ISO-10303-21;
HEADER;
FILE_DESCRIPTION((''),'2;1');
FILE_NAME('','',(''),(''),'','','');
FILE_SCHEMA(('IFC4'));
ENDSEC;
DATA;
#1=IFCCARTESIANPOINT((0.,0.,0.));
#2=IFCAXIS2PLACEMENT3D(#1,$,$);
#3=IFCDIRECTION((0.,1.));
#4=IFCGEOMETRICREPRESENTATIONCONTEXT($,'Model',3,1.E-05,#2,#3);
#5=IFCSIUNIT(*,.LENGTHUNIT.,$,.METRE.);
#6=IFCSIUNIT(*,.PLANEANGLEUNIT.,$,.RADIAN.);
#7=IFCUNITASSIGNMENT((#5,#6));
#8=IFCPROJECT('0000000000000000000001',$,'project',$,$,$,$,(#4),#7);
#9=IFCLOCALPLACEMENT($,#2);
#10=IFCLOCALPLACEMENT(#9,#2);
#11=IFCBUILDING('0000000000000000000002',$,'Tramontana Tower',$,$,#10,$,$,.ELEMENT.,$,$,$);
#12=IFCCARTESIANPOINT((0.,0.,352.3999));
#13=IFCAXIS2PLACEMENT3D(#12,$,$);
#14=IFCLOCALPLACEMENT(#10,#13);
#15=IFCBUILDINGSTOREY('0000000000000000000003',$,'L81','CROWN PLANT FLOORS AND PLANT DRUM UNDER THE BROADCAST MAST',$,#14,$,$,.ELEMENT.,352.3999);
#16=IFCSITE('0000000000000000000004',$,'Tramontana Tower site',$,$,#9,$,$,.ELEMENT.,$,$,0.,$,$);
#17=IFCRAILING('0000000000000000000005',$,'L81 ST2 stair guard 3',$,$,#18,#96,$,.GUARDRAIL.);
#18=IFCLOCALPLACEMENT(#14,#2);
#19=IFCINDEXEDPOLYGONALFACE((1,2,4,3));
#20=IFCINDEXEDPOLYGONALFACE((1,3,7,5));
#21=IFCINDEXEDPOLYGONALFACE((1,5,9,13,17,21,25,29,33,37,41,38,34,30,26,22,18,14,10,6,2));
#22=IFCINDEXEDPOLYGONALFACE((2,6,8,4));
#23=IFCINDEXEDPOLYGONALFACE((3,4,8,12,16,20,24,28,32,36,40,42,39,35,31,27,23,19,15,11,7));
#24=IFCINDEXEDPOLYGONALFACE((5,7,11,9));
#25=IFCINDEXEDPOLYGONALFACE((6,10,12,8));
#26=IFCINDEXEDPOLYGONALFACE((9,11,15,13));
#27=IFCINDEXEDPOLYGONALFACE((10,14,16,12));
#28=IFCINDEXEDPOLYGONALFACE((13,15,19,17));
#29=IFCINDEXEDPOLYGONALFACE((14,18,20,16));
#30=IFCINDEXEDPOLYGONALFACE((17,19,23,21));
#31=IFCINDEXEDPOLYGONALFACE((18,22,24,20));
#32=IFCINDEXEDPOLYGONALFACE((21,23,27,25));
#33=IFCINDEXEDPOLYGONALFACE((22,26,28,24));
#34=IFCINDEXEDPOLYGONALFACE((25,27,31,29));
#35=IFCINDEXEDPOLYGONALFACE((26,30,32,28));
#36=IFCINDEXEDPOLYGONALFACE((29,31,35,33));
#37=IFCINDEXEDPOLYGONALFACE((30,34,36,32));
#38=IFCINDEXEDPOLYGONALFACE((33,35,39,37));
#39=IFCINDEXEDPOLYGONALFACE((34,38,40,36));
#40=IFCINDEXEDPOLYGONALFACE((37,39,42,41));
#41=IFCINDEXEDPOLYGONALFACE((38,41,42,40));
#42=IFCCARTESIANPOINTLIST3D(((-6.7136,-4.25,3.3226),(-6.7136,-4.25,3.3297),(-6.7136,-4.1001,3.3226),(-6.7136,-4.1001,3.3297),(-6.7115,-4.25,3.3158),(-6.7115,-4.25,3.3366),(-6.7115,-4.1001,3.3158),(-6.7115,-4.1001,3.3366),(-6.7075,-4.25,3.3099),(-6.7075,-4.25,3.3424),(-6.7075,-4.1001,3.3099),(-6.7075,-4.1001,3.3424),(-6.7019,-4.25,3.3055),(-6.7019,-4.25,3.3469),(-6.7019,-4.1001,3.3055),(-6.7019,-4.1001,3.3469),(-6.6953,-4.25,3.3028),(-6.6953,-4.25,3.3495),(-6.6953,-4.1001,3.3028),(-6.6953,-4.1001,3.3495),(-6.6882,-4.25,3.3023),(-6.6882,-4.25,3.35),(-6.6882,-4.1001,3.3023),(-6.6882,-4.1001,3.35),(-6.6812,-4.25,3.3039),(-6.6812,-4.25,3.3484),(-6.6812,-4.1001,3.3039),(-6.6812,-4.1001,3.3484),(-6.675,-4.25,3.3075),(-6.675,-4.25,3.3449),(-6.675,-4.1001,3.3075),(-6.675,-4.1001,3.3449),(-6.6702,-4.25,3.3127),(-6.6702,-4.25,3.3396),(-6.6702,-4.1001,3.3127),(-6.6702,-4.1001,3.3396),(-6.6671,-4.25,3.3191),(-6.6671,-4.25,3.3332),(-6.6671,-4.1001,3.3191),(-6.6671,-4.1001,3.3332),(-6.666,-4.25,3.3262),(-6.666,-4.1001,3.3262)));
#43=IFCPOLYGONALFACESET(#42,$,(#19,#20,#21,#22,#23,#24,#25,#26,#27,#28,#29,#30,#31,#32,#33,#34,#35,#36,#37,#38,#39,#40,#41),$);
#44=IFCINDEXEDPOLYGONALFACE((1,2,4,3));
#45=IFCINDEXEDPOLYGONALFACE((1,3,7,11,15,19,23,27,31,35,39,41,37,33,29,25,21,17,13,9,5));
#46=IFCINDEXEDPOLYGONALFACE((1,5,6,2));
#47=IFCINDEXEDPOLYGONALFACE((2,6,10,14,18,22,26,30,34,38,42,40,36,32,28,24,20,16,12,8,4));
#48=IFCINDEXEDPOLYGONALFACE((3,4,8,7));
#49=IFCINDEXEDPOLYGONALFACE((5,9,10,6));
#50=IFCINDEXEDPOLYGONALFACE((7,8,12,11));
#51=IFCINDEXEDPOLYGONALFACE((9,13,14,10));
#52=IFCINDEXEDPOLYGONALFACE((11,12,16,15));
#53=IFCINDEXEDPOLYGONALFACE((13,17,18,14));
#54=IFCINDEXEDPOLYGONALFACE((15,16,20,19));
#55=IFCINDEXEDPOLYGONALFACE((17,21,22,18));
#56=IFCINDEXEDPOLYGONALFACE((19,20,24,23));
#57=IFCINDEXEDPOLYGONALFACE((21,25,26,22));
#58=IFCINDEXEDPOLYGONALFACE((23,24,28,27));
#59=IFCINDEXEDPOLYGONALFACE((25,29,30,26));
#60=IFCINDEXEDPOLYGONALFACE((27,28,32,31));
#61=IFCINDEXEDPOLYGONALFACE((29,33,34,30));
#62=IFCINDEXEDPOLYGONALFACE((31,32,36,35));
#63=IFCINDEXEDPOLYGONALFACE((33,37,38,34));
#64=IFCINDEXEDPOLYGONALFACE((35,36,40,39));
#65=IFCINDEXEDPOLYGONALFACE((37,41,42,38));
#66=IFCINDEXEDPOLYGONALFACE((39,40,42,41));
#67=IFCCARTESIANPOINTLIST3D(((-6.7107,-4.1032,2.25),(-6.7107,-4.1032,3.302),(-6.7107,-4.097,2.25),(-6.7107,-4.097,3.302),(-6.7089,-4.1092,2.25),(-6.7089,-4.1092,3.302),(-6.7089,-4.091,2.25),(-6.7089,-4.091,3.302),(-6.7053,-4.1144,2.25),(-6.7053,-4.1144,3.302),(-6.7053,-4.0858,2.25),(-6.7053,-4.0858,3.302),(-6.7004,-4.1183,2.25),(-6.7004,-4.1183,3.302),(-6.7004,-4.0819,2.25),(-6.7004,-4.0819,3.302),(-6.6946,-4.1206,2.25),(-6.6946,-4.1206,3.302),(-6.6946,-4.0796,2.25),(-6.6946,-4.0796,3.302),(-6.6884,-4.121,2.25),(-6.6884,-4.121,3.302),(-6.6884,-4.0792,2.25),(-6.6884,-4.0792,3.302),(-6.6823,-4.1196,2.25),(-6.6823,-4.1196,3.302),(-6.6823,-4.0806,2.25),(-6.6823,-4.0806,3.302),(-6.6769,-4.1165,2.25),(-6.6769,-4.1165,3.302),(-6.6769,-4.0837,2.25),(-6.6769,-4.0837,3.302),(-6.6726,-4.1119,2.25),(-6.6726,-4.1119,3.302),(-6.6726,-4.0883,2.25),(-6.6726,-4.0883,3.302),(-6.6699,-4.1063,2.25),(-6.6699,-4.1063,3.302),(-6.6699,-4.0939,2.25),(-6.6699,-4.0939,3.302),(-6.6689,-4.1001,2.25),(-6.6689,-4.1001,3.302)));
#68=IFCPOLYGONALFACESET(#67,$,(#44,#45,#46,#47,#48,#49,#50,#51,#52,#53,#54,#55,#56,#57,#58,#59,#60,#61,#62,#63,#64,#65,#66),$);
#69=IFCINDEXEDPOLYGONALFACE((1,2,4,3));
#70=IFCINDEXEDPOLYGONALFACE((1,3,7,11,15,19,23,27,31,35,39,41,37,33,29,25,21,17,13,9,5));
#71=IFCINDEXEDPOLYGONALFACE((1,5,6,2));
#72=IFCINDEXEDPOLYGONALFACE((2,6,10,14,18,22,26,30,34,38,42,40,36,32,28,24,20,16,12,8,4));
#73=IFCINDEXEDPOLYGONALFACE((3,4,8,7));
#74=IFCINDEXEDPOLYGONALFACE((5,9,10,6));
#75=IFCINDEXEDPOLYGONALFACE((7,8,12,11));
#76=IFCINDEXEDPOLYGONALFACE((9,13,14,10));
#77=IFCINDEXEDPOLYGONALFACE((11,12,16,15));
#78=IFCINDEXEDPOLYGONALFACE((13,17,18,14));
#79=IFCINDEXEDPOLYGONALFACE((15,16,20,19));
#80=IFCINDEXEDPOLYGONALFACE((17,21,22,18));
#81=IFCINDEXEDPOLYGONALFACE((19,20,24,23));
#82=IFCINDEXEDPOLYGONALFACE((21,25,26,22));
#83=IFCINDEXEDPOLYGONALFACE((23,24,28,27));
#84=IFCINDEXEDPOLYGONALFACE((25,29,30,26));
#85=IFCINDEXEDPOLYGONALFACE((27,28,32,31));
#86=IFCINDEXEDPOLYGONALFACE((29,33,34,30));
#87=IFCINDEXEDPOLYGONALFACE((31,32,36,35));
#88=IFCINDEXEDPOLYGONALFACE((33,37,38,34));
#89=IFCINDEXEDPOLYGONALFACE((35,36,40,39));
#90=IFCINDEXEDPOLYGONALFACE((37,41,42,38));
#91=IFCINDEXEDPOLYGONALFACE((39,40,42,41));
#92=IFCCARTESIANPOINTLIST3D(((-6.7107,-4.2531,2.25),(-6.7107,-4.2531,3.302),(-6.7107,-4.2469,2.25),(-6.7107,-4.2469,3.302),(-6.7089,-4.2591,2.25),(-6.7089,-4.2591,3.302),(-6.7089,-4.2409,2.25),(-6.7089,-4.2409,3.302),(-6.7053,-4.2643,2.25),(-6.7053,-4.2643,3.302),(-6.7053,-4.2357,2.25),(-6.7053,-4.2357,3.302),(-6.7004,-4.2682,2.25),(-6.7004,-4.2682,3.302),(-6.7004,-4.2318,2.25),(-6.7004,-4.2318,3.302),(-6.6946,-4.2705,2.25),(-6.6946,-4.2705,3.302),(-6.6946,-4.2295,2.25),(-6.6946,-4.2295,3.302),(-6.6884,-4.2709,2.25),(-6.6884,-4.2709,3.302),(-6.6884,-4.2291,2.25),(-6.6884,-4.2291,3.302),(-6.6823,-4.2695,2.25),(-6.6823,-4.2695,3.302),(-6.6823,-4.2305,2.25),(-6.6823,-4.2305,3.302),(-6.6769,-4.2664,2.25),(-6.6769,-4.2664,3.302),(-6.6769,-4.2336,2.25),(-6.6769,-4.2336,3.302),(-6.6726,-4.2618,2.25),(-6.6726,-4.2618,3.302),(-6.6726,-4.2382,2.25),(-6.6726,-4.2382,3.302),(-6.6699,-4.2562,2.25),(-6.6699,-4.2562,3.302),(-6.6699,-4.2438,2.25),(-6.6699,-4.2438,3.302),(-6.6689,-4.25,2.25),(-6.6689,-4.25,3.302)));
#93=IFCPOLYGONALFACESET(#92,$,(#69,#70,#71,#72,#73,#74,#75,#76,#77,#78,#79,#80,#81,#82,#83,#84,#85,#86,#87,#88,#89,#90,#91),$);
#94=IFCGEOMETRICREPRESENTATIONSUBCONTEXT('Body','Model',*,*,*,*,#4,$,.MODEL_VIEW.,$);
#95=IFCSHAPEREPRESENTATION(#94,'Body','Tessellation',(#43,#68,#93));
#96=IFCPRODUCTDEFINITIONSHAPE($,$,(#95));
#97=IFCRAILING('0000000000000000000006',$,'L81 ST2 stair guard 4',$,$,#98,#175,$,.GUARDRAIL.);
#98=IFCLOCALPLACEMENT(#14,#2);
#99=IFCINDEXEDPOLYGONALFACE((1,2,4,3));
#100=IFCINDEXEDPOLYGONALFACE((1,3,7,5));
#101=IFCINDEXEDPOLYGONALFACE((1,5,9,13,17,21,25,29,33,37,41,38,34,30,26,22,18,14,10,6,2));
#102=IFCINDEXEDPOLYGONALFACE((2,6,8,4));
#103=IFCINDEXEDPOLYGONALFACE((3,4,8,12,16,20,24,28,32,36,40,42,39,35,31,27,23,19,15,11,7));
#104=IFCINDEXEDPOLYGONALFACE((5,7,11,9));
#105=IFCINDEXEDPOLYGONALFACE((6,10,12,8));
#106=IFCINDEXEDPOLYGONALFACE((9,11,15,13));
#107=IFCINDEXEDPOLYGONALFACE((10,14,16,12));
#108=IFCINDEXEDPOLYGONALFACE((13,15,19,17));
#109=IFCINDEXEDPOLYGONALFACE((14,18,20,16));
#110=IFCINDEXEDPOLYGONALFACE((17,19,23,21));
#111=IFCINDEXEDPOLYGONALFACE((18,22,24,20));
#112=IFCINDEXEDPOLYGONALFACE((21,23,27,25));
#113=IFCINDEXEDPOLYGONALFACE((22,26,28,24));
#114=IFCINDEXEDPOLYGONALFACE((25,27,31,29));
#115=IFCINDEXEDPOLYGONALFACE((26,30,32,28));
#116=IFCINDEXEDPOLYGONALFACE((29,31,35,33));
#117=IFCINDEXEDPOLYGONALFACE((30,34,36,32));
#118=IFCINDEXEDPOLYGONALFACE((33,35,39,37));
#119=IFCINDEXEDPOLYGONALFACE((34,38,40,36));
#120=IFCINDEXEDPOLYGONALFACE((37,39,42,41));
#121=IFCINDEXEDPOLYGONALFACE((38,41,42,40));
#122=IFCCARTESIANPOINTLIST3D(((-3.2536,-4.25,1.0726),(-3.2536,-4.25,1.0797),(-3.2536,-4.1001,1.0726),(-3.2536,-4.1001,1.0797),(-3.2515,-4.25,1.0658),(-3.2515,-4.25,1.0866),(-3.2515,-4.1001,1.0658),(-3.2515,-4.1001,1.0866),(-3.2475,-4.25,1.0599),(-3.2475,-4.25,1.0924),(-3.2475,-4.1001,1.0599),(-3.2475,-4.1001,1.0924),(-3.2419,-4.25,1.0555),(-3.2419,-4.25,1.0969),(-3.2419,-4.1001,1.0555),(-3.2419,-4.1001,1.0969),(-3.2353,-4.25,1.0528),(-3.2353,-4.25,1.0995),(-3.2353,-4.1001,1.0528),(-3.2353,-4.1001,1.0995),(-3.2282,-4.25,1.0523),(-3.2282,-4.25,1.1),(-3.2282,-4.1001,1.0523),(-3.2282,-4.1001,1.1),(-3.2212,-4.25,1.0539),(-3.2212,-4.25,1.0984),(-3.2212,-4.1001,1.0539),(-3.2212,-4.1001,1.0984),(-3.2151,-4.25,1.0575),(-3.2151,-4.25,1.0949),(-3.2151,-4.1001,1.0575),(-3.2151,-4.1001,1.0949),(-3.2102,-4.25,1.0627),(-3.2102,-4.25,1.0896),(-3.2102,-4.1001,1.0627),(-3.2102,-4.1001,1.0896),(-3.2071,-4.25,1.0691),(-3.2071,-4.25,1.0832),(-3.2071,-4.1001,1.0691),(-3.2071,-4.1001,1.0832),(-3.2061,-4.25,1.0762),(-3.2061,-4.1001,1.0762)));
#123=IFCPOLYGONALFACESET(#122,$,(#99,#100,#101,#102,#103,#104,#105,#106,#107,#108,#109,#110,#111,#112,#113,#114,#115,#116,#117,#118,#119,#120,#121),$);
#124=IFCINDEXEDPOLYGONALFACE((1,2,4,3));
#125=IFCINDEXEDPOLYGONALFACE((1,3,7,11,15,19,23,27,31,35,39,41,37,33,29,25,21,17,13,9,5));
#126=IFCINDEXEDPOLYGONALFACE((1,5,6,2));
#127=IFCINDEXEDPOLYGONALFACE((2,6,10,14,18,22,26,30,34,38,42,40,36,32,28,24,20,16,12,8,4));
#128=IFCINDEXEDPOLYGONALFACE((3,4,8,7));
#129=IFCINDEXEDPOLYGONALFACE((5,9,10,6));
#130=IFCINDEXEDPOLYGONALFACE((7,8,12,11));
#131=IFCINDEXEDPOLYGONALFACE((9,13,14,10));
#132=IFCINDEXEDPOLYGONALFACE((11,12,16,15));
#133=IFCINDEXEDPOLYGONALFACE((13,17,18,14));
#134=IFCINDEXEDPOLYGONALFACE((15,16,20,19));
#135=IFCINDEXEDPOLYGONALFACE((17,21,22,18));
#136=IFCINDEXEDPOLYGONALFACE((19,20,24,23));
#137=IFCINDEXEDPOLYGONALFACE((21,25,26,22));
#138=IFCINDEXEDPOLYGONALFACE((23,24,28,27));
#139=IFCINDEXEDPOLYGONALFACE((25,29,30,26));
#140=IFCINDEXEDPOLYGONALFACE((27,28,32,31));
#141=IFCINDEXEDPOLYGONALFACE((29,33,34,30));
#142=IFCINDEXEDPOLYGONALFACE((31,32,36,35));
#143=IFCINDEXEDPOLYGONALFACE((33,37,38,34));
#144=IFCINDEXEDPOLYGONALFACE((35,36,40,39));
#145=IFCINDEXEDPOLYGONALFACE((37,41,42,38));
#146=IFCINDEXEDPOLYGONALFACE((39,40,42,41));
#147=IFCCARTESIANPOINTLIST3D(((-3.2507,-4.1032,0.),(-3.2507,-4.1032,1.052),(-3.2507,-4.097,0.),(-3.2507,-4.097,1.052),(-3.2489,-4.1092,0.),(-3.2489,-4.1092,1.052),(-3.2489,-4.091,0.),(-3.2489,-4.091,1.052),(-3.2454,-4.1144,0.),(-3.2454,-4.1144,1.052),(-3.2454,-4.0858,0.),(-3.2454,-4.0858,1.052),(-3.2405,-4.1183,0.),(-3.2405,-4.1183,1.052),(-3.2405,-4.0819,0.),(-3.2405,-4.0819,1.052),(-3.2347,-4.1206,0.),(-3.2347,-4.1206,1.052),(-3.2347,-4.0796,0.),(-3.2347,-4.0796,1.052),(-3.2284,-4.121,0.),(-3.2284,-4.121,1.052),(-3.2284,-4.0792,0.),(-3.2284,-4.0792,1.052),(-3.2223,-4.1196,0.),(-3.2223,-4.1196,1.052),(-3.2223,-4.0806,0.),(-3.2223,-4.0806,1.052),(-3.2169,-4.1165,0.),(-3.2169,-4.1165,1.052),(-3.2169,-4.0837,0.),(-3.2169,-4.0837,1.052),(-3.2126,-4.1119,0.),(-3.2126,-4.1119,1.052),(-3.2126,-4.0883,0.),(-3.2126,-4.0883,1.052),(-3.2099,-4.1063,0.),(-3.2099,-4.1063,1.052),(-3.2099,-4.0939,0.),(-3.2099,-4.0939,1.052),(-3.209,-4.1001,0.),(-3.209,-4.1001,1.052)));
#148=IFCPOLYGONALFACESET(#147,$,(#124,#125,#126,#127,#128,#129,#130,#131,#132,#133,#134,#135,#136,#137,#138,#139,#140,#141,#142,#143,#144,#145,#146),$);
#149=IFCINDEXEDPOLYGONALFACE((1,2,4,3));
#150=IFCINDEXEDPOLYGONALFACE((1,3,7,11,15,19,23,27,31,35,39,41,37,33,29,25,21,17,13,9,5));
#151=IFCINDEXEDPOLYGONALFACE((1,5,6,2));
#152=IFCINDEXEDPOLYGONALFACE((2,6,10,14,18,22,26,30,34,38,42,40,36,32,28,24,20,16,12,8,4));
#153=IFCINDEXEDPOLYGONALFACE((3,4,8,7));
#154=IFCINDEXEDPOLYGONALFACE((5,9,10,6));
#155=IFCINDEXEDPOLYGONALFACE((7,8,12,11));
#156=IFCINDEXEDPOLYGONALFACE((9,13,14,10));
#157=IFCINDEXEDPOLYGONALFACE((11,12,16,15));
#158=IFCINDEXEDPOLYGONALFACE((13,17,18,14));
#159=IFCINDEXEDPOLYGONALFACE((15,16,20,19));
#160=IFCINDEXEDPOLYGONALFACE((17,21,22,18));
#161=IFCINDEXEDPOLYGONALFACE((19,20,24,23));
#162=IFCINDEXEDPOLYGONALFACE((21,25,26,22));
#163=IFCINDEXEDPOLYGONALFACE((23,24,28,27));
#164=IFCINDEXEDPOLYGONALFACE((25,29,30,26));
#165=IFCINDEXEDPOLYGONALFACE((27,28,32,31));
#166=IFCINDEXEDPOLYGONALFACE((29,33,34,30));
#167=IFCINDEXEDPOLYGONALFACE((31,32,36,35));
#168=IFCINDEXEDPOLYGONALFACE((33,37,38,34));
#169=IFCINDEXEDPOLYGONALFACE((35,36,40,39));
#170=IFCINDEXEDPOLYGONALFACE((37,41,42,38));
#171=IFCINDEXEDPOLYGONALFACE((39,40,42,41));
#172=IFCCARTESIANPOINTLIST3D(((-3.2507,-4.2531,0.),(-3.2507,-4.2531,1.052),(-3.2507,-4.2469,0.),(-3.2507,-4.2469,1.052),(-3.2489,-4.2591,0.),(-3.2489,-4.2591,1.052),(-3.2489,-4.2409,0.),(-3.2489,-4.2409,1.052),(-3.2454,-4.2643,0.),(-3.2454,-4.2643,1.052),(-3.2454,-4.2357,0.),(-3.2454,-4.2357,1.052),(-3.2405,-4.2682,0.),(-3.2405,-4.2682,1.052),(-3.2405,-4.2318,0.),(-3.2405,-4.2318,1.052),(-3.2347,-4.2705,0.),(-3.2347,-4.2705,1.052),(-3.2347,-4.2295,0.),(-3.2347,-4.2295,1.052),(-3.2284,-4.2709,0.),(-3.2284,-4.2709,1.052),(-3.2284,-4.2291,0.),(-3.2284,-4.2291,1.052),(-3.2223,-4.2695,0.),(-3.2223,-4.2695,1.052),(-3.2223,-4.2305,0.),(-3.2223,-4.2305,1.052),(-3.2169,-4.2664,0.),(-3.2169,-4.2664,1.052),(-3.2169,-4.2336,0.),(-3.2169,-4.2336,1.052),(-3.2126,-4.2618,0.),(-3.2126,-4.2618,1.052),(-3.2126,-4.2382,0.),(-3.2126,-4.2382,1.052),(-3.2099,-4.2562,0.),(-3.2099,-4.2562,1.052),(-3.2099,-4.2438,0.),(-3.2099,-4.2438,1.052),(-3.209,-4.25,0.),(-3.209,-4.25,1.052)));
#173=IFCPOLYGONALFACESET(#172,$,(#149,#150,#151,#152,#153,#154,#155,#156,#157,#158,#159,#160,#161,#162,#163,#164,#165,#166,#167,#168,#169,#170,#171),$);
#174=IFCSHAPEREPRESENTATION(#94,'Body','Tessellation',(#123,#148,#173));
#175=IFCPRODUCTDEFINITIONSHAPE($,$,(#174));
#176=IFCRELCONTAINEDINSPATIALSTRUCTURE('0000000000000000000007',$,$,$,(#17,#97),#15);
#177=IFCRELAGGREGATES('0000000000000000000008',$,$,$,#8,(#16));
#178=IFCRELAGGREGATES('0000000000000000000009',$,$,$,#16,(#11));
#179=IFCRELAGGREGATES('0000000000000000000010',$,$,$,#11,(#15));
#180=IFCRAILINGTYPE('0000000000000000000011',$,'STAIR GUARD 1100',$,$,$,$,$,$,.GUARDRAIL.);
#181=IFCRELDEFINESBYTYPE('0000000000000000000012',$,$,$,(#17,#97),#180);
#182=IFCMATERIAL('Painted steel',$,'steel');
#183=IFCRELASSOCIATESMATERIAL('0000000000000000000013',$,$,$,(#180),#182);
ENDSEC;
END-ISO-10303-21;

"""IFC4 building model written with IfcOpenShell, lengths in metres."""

from ifc_helpers import new_model, si_unit, direction, frame, origin, origin_2d, place, context, subcontext, project, spatial, circle, extrude, material, type_object, element, save


model = new_model("IFC4")

# Units and contexts
model_context = context("Model", 3, precision=1e-05, world=origin(), true_north=direction((0.0, 1.0)))
body_context = subcontext(model_context, "Body", "Model", "MODEL_VIEW")
ifc_project = project(units=[si_unit("LENGTHUNIT", "METRE"), si_unit("PLANEANGLEUNIT", "RADIAN")], contexts=[model_context])

# Site, building, storey
site_placement = place(None, origin())
site = spatial("IfcSite", under=ifc_project, at=site_placement, Name="Tramontana Tower site", CompositionType="ELEMENT", RefElevation=0.0)
building_placement = place(site_placement, origin())
building = spatial("IfcBuilding", under=site, at=building_placement, Name="Tramontana Tower", CompositionType="ELEMENT")
storey_placement = place(building_placement, frame((0.0, 0.0, 352.3999)))
storey = spatial("IfcBuildingStorey", under=building, at=storey_placement, Name="L81", Description="CROWN PLANT FLOORS AND PLANT DRUM UNDER THE BROADCAST MAST", CompositionType="ELEMENT", Elevation=352.3999)

# Railings
ifc_material_1 = material(Name="Painted steel", Category="steel")
railing_type_1 = type_object("IfcRailingType", Name="STAIR GUARD 1100", PredefinedType="GUARDRAIL", material=ifc_material_1)
for number, where, name in (
    (1, (-6.6899, -4.1001, 2.25), "L81 ST2 stair guard 3"),
    (2, (-3.23, -4.1001, 0.0), "L81 ST2 stair guard 4"),
):
    element("IfcRailing", number, at=place(storey_placement, frame(where)), inside=storey, type_object=railing_type_1, Name=name, PredefinedType="GUARDRAIL", context=body_context, shape_type="SweptSolid", body=[
        extrude(circle(Radius=0.0239, at=origin_2d()), frame((0.0, 0.0, 1.0762), z_axis=(0.0, -1.0, 0.0), x_axis=(1.0, 0.0, 0.0)), (0.0, 0.0, 1.0), 0.1499),
        extrude(circle(Radius=0.021, at=origin_2d()), origin(), (0.0, 0.0, 1.0), 1.052),
        extrude(circle(Radius=0.021, at=origin_2d()), frame((0.0, -0.1499, 0.0)), (0.0, 0.0, 1.0), 1.052),
    ])

save(model, "model.ifc")
